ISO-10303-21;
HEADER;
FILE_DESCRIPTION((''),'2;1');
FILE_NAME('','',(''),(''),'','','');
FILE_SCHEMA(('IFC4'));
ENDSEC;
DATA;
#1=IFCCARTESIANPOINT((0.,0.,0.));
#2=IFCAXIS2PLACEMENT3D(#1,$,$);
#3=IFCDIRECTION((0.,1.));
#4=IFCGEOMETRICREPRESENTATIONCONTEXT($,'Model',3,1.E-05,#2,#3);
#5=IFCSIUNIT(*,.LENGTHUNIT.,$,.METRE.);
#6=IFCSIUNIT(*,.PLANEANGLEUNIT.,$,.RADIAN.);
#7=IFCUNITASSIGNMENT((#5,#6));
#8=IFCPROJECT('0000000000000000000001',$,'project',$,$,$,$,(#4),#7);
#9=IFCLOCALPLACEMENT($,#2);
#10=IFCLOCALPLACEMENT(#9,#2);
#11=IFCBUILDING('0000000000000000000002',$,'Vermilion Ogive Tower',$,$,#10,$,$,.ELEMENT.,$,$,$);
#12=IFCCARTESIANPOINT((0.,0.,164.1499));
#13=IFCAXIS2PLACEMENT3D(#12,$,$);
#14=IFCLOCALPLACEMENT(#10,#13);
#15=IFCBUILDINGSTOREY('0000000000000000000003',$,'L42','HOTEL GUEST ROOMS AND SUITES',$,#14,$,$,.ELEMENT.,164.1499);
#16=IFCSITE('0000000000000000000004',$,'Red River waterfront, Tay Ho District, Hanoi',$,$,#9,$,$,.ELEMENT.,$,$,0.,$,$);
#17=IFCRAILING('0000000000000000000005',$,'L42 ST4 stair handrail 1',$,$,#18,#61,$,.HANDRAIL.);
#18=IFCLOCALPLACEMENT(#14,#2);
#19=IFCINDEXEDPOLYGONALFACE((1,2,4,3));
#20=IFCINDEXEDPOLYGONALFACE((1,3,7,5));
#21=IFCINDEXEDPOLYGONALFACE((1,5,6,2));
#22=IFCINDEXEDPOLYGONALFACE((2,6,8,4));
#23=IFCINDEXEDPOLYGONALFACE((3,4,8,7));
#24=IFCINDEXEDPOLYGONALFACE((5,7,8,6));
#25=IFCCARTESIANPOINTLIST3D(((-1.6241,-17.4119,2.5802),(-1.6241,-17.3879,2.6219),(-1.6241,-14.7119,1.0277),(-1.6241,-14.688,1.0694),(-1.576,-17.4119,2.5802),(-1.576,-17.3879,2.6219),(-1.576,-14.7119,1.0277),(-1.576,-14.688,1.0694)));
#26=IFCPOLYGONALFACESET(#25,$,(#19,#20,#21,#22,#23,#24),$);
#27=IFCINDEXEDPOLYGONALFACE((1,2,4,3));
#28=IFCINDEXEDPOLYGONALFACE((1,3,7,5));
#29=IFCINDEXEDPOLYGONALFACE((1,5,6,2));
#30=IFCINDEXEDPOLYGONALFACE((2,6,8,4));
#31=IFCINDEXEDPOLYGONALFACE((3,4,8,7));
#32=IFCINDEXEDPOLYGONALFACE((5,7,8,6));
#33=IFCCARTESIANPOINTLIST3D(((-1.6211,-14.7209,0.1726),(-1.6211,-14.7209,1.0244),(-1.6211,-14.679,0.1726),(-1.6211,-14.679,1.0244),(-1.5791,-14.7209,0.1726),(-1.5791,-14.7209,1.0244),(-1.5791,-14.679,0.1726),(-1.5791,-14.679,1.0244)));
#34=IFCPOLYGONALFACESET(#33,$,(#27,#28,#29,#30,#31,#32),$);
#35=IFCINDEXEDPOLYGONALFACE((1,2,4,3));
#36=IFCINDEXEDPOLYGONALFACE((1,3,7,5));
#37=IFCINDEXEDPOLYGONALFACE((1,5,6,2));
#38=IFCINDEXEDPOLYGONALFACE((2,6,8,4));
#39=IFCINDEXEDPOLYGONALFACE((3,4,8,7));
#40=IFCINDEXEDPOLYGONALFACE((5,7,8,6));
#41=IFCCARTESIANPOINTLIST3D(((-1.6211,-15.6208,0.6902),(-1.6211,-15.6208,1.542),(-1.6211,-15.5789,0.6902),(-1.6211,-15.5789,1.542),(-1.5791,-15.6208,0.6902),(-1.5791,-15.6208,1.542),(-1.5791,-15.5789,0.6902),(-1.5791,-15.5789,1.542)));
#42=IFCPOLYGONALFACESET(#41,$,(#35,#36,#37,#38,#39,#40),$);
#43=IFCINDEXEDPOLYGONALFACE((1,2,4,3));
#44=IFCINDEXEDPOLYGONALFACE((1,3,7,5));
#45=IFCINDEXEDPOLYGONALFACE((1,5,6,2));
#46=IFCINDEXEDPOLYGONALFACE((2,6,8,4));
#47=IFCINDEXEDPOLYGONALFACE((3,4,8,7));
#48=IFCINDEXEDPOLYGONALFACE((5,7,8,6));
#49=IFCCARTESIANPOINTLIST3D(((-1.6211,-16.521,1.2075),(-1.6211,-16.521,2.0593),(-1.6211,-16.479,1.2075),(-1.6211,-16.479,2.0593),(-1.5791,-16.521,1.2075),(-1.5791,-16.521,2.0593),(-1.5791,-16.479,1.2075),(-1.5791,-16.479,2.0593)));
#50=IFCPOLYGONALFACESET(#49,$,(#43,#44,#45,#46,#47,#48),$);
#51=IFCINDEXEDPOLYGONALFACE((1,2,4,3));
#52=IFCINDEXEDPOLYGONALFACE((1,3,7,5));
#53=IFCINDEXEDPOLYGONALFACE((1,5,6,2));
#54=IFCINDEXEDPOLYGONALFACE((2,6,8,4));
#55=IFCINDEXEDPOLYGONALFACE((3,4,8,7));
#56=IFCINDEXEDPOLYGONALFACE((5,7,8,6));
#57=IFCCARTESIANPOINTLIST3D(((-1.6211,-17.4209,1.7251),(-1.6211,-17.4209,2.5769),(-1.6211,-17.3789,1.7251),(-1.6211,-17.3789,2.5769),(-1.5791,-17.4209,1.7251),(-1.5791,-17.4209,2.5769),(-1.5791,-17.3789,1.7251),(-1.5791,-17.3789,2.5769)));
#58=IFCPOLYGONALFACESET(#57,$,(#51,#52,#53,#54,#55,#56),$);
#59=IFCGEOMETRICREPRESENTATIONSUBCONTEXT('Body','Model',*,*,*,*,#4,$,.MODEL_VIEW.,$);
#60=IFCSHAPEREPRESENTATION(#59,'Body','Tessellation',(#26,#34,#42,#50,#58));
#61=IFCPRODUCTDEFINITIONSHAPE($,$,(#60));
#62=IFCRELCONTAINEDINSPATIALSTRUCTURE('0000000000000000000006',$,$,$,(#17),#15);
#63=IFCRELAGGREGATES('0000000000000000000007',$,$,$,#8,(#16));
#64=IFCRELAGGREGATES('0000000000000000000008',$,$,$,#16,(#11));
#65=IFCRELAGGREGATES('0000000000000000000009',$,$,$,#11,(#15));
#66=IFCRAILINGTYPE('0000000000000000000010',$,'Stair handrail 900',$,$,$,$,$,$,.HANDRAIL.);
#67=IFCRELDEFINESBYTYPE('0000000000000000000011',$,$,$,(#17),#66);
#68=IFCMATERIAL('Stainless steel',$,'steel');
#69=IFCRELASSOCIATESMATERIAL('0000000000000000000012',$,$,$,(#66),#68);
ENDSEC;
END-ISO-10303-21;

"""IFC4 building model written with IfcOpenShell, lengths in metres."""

from ifc_helpers import new_model, si_unit, direction, frame, origin, origin_2d, place, context, subcontext, project, spatial, rectangle, extrude, material, type_object, element, save


model = new_model("IFC4")

# Units and contexts
model_context = context("Model", 3, precision=1e-05, world=origin(), true_north=direction((0.0, 1.0)))
body_context = subcontext(model_context, "Body", "Model", "MODEL_VIEW")
ifc_project = project(units=[si_unit("LENGTHUNIT", "METRE"), si_unit("PLANEANGLEUNIT", "RADIAN")], contexts=[model_context])

# Site, building, storey
site_placement = place(None, origin())
site = spatial("IfcSite", under=ifc_project, at=site_placement, Name="Red River waterfront, Tay Ho District, Hanoi", CompositionType="ELEMENT", RefElevation=0.0)
building_placement = place(site_placement, origin())
building = spatial("IfcBuilding", under=site, at=building_placement, Name="Vermilion Ogive Tower", CompositionType="ELEMENT")
storey_placement = place(building_placement, frame((0.0, 0.0, 164.1499)))
storey = spatial("IfcBuildingStorey", under=building, at=storey_placement, Name="L42", Description="HOTEL GUEST ROOMS AND SUITES", CompositionType="ELEMENT", Elevation=164.1499)

# Railing
ifc_material_1 = material(Name="Stainless steel", Category="steel")
railing_type_1 = type_object("IfcRailingType", Name="Stair handrail 900", PredefinedType="HANDRAIL", material=ifc_material_1)
railing_1_placement = place(storey_placement, frame((-1.6001, -14.7, 0.1726)))
element("IfcRailing", 1, at=railing_1_placement, inside=storey, type_object=railing_type_1, Name="L42 ST4 stair handrail 1", PredefinedType="HANDRAIL", context=body_context, shape_type="SweptSolid", body=[
    extrude(rectangle(XDim=0.0481, YDim=0.0481, at=origin_2d()), frame((0.0, 0.0, 0.876), z_axis=(0.0, -0.866904, 0.498476), x_axis=(1.0, 0.0, 0.0)), (0.0, 0.0, 1.0), 3.1145),
    extrude(rectangle(XDim=0.042, YDim=0.042, at=origin_2d()), origin(), (0.0, 0.0, 1.0), 0.8518),
    extrude(rectangle(XDim=0.042, YDim=0.042, at=origin_2d()), frame((0.0, -0.8999, 0.5176)), (0.0, 0.0, 1.0), 0.8518),
    extrude(rectangle(XDim=0.042, YDim=0.042, at=origin_2d()), frame((0.0, -1.8, 1.0349)), (0.0, 0.0, 1.0), 0.8518),
    extrude(rectangle(XDim=0.042, YDim=0.042, at=origin_2d()), frame((0.0, -2.7, 1.5525)), (0.0, 0.0, 1.0), 0.8518),
])

save(model, "model.ifc")
